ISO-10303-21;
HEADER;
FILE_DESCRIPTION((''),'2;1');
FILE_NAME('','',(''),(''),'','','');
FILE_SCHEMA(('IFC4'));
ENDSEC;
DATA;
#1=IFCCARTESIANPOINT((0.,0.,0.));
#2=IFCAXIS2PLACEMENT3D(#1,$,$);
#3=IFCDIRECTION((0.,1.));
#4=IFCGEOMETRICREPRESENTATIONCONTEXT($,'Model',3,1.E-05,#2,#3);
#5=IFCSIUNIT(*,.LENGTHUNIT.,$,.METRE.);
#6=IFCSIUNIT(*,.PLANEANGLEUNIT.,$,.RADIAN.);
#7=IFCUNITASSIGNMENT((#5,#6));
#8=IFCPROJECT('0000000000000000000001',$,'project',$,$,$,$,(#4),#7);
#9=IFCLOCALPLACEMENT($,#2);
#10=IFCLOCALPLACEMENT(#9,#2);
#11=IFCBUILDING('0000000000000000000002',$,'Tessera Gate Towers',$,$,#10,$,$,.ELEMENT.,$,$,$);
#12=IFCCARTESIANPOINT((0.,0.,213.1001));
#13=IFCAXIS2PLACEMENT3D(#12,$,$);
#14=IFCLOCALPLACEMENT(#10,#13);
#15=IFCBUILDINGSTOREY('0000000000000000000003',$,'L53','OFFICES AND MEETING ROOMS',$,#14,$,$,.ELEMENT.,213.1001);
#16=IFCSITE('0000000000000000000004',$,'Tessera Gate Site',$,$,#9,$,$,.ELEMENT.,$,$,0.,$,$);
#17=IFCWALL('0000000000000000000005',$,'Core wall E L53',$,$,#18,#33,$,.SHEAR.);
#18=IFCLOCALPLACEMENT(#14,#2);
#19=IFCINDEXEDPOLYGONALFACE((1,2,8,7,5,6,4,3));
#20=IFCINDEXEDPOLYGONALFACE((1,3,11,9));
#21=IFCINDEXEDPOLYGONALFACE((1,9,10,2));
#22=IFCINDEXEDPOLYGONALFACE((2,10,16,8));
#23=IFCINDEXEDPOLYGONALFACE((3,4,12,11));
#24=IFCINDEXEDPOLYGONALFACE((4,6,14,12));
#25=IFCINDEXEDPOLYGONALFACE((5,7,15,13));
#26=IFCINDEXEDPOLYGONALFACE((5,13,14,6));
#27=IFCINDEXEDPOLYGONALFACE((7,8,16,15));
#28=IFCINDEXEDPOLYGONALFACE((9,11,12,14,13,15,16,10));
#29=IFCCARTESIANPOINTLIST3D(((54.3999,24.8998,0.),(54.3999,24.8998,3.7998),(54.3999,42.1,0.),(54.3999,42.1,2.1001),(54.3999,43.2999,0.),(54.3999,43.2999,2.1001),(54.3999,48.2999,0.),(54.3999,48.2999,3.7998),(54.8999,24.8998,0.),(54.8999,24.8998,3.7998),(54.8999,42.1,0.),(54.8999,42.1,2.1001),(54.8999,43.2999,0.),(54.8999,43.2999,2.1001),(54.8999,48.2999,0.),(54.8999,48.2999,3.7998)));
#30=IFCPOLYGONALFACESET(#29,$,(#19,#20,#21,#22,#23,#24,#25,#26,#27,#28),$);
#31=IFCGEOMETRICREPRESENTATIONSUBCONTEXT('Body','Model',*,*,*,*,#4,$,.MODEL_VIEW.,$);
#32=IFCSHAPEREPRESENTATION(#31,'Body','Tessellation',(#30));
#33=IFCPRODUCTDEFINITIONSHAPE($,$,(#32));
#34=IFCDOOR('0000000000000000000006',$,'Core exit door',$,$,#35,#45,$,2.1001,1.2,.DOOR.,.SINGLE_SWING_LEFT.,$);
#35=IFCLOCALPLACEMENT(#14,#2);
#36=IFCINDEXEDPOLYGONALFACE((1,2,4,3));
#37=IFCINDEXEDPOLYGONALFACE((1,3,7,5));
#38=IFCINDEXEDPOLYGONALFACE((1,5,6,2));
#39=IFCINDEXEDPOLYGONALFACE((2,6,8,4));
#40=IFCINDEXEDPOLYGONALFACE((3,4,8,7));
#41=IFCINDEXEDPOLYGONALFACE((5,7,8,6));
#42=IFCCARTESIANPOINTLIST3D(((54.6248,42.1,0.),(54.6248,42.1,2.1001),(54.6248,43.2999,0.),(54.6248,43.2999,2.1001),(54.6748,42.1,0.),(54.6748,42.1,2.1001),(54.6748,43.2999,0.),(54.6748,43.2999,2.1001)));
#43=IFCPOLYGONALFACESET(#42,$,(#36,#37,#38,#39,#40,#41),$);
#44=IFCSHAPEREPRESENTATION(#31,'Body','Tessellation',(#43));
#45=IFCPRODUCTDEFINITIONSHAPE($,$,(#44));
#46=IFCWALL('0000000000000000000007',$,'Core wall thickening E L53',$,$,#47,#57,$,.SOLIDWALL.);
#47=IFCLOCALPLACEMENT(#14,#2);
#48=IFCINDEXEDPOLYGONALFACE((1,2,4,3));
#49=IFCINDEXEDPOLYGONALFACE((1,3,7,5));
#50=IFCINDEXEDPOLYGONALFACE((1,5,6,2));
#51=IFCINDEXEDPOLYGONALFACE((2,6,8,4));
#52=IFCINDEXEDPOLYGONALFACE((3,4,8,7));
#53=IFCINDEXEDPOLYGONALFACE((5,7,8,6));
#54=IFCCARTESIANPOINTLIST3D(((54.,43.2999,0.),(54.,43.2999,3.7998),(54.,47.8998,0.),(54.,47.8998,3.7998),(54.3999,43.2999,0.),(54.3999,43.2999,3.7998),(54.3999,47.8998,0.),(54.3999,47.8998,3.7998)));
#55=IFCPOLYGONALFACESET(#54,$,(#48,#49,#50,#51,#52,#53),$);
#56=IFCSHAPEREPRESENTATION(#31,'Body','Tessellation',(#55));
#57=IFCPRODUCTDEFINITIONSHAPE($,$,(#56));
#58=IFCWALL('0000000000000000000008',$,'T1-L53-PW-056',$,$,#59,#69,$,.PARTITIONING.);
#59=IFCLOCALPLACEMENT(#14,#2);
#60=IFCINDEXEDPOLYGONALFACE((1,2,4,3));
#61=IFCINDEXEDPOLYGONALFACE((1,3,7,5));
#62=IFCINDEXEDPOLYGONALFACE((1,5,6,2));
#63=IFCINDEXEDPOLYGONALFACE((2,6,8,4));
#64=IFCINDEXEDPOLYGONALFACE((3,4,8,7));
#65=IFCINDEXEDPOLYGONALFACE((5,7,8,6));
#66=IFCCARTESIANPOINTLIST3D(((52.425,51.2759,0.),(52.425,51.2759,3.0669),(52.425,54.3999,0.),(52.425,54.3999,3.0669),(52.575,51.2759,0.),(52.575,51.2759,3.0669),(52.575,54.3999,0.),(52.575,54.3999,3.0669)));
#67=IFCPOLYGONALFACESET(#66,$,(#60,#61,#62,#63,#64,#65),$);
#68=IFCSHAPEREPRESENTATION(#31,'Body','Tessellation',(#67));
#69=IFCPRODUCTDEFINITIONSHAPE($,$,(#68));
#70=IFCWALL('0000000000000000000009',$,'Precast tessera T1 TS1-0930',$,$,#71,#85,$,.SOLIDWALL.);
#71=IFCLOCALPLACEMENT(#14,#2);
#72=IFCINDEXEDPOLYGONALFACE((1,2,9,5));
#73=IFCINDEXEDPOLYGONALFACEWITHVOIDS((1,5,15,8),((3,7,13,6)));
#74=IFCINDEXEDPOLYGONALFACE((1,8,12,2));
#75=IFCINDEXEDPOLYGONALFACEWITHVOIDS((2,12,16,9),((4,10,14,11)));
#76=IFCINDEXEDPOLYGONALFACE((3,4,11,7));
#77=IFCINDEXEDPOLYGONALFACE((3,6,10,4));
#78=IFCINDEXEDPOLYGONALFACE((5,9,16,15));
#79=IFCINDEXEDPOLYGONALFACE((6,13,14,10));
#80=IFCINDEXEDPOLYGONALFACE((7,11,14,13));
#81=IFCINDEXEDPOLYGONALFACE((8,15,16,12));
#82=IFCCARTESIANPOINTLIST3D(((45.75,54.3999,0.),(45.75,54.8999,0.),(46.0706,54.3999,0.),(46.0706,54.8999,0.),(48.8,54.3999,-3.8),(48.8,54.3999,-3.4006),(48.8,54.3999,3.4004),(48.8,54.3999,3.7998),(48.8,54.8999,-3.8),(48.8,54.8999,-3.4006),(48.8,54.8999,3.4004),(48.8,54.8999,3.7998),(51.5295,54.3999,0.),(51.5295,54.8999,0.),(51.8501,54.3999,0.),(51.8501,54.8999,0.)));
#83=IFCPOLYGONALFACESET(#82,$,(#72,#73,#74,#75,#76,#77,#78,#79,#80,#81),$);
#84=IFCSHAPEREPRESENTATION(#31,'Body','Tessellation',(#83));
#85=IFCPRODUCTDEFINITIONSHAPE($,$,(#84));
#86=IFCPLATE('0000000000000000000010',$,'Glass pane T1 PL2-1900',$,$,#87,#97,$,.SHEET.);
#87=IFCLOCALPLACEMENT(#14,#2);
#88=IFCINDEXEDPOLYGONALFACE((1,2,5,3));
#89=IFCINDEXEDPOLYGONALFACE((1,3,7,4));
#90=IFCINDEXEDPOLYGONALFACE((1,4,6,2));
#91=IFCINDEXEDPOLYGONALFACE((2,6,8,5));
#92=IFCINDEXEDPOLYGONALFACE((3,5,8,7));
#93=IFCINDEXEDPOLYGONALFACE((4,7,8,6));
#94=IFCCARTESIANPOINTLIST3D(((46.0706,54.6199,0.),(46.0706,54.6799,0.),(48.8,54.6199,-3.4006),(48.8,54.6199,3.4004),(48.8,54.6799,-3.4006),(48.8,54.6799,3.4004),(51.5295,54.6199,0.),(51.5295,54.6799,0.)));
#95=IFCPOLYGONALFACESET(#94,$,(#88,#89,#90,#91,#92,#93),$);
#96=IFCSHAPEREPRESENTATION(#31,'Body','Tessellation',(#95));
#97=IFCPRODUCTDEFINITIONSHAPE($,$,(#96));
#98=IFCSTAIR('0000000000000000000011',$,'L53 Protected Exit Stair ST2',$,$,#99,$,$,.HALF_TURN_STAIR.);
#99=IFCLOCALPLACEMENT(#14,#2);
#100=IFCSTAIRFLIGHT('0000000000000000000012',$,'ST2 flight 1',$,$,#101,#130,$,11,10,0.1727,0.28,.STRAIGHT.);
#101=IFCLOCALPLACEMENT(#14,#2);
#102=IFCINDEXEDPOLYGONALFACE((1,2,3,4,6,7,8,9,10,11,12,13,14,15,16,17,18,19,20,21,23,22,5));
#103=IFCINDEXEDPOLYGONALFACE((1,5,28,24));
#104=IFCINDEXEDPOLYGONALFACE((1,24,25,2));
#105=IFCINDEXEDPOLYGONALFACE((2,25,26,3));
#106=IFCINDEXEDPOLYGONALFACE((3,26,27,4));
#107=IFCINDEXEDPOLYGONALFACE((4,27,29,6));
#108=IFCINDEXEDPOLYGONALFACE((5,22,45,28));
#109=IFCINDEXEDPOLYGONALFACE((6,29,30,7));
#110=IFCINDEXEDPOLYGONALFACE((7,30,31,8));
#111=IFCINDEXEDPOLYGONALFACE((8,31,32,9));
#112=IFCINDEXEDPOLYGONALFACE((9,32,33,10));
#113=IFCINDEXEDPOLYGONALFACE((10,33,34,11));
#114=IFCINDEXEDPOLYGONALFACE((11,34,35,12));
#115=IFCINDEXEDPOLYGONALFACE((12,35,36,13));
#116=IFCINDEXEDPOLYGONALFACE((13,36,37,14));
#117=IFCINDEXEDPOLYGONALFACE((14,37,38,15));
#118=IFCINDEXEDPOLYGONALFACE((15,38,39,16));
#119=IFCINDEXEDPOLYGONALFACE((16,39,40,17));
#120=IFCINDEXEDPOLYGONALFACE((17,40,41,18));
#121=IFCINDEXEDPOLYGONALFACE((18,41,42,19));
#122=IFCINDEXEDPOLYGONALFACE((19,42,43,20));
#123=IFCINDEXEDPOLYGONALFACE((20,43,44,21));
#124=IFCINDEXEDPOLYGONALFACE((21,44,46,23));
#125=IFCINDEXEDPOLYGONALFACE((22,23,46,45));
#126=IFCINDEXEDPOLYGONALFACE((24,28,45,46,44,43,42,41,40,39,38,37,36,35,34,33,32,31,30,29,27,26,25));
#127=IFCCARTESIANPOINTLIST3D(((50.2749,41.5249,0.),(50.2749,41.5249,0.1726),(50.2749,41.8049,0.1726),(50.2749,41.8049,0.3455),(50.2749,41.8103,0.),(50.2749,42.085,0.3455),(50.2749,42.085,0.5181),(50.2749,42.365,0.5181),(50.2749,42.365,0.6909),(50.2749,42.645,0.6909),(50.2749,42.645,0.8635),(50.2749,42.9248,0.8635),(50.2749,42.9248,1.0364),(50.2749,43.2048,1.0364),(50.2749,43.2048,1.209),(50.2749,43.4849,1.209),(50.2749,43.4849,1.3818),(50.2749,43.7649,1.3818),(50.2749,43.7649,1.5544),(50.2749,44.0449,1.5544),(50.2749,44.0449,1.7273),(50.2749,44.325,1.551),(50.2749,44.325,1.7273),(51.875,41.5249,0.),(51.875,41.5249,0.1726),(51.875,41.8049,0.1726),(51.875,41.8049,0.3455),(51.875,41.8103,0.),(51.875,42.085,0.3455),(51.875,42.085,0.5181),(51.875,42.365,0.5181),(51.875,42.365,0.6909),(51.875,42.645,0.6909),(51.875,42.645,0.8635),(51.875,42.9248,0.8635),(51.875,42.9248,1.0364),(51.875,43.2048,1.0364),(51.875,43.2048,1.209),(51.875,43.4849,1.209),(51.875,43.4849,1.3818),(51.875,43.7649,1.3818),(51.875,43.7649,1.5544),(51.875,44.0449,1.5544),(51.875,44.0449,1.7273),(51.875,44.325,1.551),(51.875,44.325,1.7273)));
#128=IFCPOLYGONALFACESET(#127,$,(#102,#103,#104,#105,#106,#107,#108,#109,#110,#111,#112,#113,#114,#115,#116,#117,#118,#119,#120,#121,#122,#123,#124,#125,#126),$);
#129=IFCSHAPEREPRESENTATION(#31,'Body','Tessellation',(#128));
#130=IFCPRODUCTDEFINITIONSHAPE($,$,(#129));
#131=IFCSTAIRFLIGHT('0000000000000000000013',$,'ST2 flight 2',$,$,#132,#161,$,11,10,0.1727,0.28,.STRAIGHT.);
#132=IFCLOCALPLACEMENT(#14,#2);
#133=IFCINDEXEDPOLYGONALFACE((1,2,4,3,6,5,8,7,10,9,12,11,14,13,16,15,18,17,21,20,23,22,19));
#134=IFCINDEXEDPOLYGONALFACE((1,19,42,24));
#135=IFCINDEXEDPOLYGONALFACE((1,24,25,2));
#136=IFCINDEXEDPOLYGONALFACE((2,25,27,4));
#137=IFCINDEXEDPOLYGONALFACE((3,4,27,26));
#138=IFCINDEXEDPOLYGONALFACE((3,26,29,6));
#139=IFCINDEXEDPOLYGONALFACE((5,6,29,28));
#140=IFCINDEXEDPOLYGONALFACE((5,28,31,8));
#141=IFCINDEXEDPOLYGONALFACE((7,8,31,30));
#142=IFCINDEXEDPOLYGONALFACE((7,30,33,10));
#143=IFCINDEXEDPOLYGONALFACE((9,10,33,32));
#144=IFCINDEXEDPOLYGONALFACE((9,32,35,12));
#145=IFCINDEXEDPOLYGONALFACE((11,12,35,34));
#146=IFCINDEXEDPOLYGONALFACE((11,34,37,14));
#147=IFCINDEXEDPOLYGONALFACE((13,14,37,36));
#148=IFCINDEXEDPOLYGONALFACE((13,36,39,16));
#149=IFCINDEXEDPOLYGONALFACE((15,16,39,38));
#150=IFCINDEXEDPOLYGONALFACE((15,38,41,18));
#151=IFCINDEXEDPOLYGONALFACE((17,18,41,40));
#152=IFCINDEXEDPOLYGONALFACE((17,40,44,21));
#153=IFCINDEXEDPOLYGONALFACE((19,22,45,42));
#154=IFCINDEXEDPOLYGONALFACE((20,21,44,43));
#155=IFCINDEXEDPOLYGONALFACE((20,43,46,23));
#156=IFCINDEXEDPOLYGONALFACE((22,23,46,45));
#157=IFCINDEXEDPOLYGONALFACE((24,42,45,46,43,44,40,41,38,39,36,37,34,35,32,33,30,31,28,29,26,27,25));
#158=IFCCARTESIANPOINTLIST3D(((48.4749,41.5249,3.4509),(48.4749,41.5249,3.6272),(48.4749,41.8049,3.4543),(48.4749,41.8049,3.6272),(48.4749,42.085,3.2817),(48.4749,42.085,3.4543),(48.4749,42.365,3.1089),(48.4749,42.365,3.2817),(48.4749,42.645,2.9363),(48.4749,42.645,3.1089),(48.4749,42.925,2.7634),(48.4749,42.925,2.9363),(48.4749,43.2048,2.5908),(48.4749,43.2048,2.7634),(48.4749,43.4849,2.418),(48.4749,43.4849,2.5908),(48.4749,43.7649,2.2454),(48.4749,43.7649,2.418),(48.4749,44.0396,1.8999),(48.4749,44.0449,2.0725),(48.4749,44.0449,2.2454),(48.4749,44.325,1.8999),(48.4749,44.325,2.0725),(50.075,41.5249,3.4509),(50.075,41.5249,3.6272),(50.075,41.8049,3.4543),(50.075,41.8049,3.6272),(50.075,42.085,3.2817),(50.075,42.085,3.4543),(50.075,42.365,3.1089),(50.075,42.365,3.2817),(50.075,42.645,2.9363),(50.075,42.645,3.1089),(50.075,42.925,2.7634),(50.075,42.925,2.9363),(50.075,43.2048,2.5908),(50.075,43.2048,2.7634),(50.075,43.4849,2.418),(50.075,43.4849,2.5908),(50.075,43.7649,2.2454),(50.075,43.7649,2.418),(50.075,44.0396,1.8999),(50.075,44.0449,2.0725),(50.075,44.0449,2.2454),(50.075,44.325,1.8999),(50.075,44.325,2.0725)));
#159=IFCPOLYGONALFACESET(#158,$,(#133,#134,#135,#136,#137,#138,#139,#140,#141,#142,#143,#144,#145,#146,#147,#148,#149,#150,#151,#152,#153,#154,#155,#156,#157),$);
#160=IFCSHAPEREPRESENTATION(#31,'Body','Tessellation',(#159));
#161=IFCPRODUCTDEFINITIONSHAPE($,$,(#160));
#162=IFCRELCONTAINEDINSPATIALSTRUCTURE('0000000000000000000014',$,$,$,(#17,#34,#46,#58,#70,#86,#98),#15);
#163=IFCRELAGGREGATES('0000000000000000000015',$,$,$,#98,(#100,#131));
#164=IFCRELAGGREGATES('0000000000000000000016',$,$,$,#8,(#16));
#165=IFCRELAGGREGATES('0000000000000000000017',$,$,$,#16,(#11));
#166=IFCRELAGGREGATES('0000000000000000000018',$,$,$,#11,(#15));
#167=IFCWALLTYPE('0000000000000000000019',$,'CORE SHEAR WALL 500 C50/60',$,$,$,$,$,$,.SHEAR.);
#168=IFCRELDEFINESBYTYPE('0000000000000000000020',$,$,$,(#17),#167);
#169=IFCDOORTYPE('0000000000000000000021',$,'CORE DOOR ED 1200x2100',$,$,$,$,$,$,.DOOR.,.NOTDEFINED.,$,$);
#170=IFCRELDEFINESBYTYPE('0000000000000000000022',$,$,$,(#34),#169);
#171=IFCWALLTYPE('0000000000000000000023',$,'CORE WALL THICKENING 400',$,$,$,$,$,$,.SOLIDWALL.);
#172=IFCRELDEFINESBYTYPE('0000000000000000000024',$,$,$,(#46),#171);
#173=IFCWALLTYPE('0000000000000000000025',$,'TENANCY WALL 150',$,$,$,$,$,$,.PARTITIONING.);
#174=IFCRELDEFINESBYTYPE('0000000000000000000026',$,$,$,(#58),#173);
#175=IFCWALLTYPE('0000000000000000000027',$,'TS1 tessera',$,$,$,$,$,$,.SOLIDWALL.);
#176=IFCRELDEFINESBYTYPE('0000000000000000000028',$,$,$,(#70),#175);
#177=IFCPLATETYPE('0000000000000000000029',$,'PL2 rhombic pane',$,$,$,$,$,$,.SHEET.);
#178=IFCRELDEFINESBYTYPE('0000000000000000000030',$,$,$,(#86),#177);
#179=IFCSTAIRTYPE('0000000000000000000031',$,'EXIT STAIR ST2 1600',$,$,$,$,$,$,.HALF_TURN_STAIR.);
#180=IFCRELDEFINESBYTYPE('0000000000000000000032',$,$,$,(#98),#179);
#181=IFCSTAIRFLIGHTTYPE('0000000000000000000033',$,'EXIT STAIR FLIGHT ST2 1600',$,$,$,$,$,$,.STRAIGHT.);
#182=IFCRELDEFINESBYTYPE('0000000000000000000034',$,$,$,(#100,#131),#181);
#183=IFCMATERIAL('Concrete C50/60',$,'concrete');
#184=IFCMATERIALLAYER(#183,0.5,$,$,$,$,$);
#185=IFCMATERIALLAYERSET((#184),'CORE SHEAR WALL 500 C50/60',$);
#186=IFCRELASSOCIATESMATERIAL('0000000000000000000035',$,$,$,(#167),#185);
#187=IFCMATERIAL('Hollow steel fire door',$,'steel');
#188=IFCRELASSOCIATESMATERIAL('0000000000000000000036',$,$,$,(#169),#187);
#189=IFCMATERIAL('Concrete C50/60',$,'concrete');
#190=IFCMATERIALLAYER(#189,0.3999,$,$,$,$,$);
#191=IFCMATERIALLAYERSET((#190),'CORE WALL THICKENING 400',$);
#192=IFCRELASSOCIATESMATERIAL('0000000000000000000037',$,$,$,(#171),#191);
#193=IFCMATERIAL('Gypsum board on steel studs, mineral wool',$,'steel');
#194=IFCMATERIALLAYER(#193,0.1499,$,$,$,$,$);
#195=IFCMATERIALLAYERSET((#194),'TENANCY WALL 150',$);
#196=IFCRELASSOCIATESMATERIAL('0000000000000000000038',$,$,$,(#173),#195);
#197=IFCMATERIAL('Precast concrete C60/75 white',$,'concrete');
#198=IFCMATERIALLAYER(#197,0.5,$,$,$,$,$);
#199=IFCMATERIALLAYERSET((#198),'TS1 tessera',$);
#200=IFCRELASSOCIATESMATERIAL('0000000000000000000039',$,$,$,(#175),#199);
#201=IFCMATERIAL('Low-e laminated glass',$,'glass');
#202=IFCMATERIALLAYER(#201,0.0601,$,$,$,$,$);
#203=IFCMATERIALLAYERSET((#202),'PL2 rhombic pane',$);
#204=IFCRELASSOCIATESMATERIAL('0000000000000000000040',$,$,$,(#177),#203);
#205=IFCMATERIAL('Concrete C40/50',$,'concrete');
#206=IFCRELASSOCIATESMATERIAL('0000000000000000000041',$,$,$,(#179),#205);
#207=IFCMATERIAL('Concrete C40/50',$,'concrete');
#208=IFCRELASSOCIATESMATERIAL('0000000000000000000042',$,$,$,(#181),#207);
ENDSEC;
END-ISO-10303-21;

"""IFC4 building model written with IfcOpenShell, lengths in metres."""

from ifc_helpers import new_model, si_unit, direction, frame, frame_2d, origin, place, context, subcontext, project, spatial, polyline, rectangle, outline, extrude, source, transform, mapped, material, layer, layer_set, type_object, element, fill, aggregate, save


model = new_model("IFC4")

# Units and contexts
model_context = context("Model", 3, precision=1e-05, world=origin(), true_north=direction((0.0, 1.0)))
body_context = subcontext(model_context, "Body", "Model", "MODEL_VIEW")
ifc_project = project(units=[si_unit("LENGTHUNIT", "METRE"), si_unit("PLANEANGLEUNIT", "RADIAN")], contexts=[model_context])

# Site, building, storey
site_placement = place(None, origin())
site = spatial("IfcSite", under=ifc_project, at=site_placement, Name="Tessera Gate Site", CompositionType="ELEMENT", RefElevation=0.0)
building_placement = place(site_placement, origin())
building = spatial("IfcBuilding", under=site, at=building_placement, Name="Tessera Gate Towers", CompositionType="ELEMENT")
storey_placement = place(building_placement, frame((0.0, 0.0, 213.1001)))
storey = spatial("IfcBuildingStorey", under=building, at=storey_placement, Name="L53", Description="OFFICES AND MEETING ROOMS", CompositionType="ELEMENT", Elevation=213.1001)

# Wall, opening, door
shared_shape_1 = source(origin(), body_context, "Body", "SweptSolid", [
    extrude(rectangle(XDim=1.2, YDim=2.1001, at=frame_2d((0.6001, 1.05))), frame((0.0, 0.0249, 0.0), z_axis=(0.0, -1.0, 0.0), x_axis=(1.0, 0.0, 0.0)), (0.0, 0.0, 1.0), 0.05),
])
ifc_material_1 = material(Name="Concrete C50/60", Category="concrete")
ifc_layer_1 = layer(ifc_material_1, 0.5)
ifc_layer_set_1 = layer_set([ifc_layer_1], Name="CORE SHEAR WALL 500 C50/60")
wall_type_1 = type_object("IfcWallType", Name="CORE SHEAR WALL 500 C50/60", PredefinedType="SHEAR", material=ifc_layer_set_1)
wall_1_placement = place(storey_placement, frame((54.6499, 48.3, 0.0), z_axis=(0.0, 0.0, 1.0), x_axis=(0.0, -1.0, 0.0)))
wall_1 = element("IfcWall", 1, at=wall_1_placement, inside=storey, type_object=wall_type_1, Name="Core wall E L53", PredefinedType="SHEAR", context=body_context, shape_type="SweptSolid", body=[
    extrude(rectangle(XDim=23.4001, YDim=0.5, at=frame_2d((11.7002, 0.0))), origin(), (0.0, 0.0, 1.0), 3.7998),
])
shared_shape_2 = source(origin(), body_context, "Body", "SweptSolid", [
    extrude(rectangle(XDim=1.2, YDim=2.1001, at=frame_2d((0.6001, 1.05))), frame((0.0, 0.26, 0.0), z_axis=(0.0, -1.0, 0.0), x_axis=(1.0, 0.0, 0.0)), (0.0, 0.0, 1.0), 0.52),
])
opening_1_placement = place(wall_1_placement, frame((5.0, 0.0, 0.0)))
opening_1 = element("IfcOpeningElement", 2, at=opening_1_placement, cuts=wall_1, PredefinedType="OPENING", context=body_context, shape_type="MappedRepresentation", body=[
    mapped(shared_shape_2, transform((0.0, 0.0, 0.0), scale=1.0)),
])
ifc_material_2 = material(Name="Hollow steel fire door", Category="steel")
door_type_1 = type_object("IfcDoorType", Name="CORE DOOR ED 1200x2100", OperationType="NOTDEFINED", PredefinedType="DOOR", material=ifc_material_2)
door_1_placement = place(opening_1_placement, origin())
door_1 = element("IfcDoor", 3, at=door_1_placement, inside=storey, type_object=door_type_1, Name="Core exit door", OperationType="SINGLE_SWING_LEFT", OverallHeight=2.1001, OverallWidth=1.2, PredefinedType="DOOR", context=body_context, shape_type="MappedRepresentation", body=[
    mapped(shared_shape_1, transform((0.0, 0.0, 0.0), scale=1.0)),
])
fill(opening_1, door_1)

# Walls
ifc_material_3 = material(Name="Concrete C50/60", Category="concrete")
ifc_layer_2 = layer(ifc_material_3, 0.3999)
ifc_layer_set_2 = layer_set([ifc_layer_2], Name="CORE WALL THICKENING 400")
wall_type_2 = type_object("IfcWallType", Name="CORE WALL THICKENING 400", PredefinedType="SOLIDWALL", material=ifc_layer_set_2)
wall_2_placement = place(storey_placement, frame((54.2, 43.3, 0.0), z_axis=(0.0, 0.0, 1.0), x_axis=(0.0, 1.0, 0.0)))
element("IfcWall", 4, at=wall_2_placement, inside=storey, type_object=wall_type_2, Name="Core wall thickening E L53", PredefinedType="SOLIDWALL", context=body_context, shape_type="SweptSolid", body=[
    extrude(rectangle(XDim=4.5999, YDim=0.3999, at=frame_2d((2.2998, 0.0))), origin(), (0.0, 0.0, 1.0), 3.7998),
])
ifc_material_4 = material(Name="Gypsum board on steel studs, mineral wool", Category="steel")
ifc_layer_3 = layer(ifc_material_4, 0.1499)
ifc_layer_set_3 = layer_set([ifc_layer_3], Name="TENANCY WALL 150")
wall_type_3 = type_object("IfcWallType", Name="TENANCY WALL 150", PredefinedType="PARTITIONING", material=ifc_layer_set_3)
wall_3_placement = place(storey_placement, frame((52.5, 51.2759, 0.0), z_axis=(0.0, 0.0, 1.0), x_axis=(0.0, 1.0, 0.0)))
element("IfcWall", 5, at=wall_3_placement, inside=storey, type_object=wall_type_3, Name="T1-L53-PW-056", PredefinedType="PARTITIONING", context=body_context, shape_type="SweptSolid", body=[
    extrude(rectangle(XDim=3.124, YDim=0.1499, at=frame_2d((1.562, 0.0))), origin(), (0.0, 0.0, 1.0), 3.0669),
])

# Wall, opening, plate
ifc_material_5 = material(Name="Precast concrete C60/75 white", Category="concrete")
ifc_layer_4 = layer(ifc_material_5, 0.5)
ifc_layer_set_4 = layer_set([ifc_layer_4], Name="TS1 tessera")
wall_type_4 = type_object("IfcWallType", Name="TS1 tessera", PredefinedType="SOLIDWALL", material=ifc_layer_set_4)
shared_shape_3 = source(origin(), body_context, "Body", "SweptSolid", [
    extrude(outline(polyline([(3.05, 0.0), (6.1001, 3.8), (3.05, 7.5999), (0.0, 3.8), (3.05, 0.0)])), frame((0.0, 0.25, 0.0), z_axis=(0.0, -1.0, 0.0), x_axis=(1.0, 0.0, 0.0)), (0.0, 0.0, 1.0), 0.5),
])
wall_4_placement = place(storey_placement, frame((51.8501, 54.6499, -3.8), z_axis=(0.0, 0.0, 1.0), x_axis=(-1.0, 0.0, 0.0)))
wall_4 = element("IfcWall", 6, at=wall_4_placement, inside=storey, type_object=wall_type_4, Name="Precast tessera T1 TS1-0930", PredefinedType="SOLIDWALL", context=body_context, shape_type="MappedRepresentation", body=[
    mapped(shared_shape_3, transform((0.0, 0.0, 0.0), scale=1.0)),
])
shared_shape_4 = source(origin(), body_context, "Body", "SweptSolid", [
    extrude(outline(polyline([(3.05, 0.3994), (5.7795, 3.8), (3.05, 7.2004), (0.3206, 3.8), (3.05, 0.3994)])), frame((0.0, 0.26, 0.0), z_axis=(0.0, -1.0, 0.0), x_axis=(1.0, 0.0, 0.0)), (0.0, 0.0, 1.0), 0.52),
])
opening_2_placement = place(wall_4_placement, origin())
opening_2 = element("IfcOpeningElement", 7, at=opening_2_placement, cuts=wall_4, PredefinedType="OPENING", context=body_context, shape_type="MappedRepresentation", body=[
    mapped(shared_shape_4, transform((0.0, 0.0, 0.0), scale=1.0)),
])
ifc_material_6 = material(Name="Low-e laminated glass", Category="glass")
ifc_layer_5 = layer(ifc_material_6, 0.0601)
ifc_layer_set_5 = layer_set([ifc_layer_5], Name="PL2 rhombic pane")
plate_type = type_object("IfcPlateType", Name="PL2 rhombic pane", PredefinedType="SHEET", material=ifc_layer_set_5)
shared_shape_5 = source(origin(), body_context, "Body", "SweptSolid", [
    extrude(outline(polyline([(3.05, 0.3994), (5.7795, 3.8), (3.05, 7.2004), (0.3206, 3.8), (3.05, 0.3994)])), frame((0.0, 0.03, 0.0), z_axis=(0.0, -1.0, 0.0), x_axis=(1.0, 0.0, 0.0)), (0.0, 0.0, 1.0), 0.0601),
])
plate_placement = place(opening_2_placement, origin())
plate = element("IfcPlate", 8, at=plate_placement, inside=storey, type_object=plate_type, Name="Glass pane T1 PL2-1900", PredefinedType="SHEET", context=body_context, shape_type="MappedRepresentation", body=[
    mapped(shared_shape_5, transform((0.0, 0.0, 0.0), scale=1.0)),
])
fill(opening_2, plate)

# Stair, stair flights
ifc_material_7 = material(Name="Concrete C40/50", Category="concrete")
stair_type = type_object("IfcStairType", Name="EXIT STAIR ST2 1600", PredefinedType="HALF_TURN_STAIR", material=ifc_material_7)
stair_placement = place(storey_placement, origin())
stair = element("IfcStair", 9, at=stair_placement, inside=storey, type_object=stair_type, Name="L53 Protected Exit Stair ST2", PredefinedType="HALF_TURN_STAIR")
ifc_material_8 = material(Name="Concrete C40/50", Category="concrete")
stair_flight_type = type_object("IfcStairFlightType", Name="EXIT STAIR FLIGHT ST2 1600", PredefinedType="STRAIGHT", material=ifc_material_8)
stair_flight_1_placement = place(storey_placement, frame((51.075, 41.5249, 0.0), z_axis=(0.0, 0.0, 1.0), x_axis=(0.0, 1.0, 0.0)))
stair_flight_1 = element("IfcStairFlight", 10, at=stair_flight_1_placement, type_object=stair_flight_type, Name="ST2 flight 1", NumberOfRisers=11, NumberOfTreads=10, PredefinedType="STRAIGHT", RiserHeight=0.1727, TreadLength=0.28, context=body_context, shape_type="SweptSolid", body=[
    extrude(outline(polyline([(0.0, 0.0), (0.0, 0.1726), (0.28, 0.1726), (0.28, 0.3455), (0.5601, 0.3455), (0.5601, 0.5181), (0.8401, 0.5181), (0.8401, 0.6909), (1.1201, 0.6909), (1.1201, 0.8635), (1.3999, 0.8635), (1.3999, 1.0364), (1.6799, 1.0364), (1.6799, 1.209), (1.96, 1.209), (1.96, 1.3818), (2.24, 1.3818), (2.24, 1.5544), (2.52, 1.5544), (2.52, 1.7273), (2.8, 1.7273), (2.8, 1.8999), (2.8, 1.551), (0.2854, 0.0), (0.0, 0.0)])), frame((0.0, 0.8, 0.0), z_axis=(0.0, -1.0, 0.0), x_axis=(1.0, 0.0, 0.0)), (0.0, 0.0, 1.0), 1.6001),
])
stair_flight_2_placement = place(storey_placement, frame((49.2749, 44.325, 1.8999), z_axis=(0.0, 0.0, 1.0), x_axis=(0.0, -1.0, 0.0)))
stair_flight_2 = element("IfcStairFlight", 11, at=stair_flight_2_placement, type_object=stair_flight_type, Name="ST2 flight 2", NumberOfRisers=11, NumberOfTreads=10, PredefinedType="STRAIGHT", RiserHeight=0.1727, TreadLength=0.28, context=body_context, shape_type="SweptSolid", body=[
    extrude(outline(polyline([(0.0, 0.0), (0.0, 0.1726), (0.28, 0.1726), (0.28, 0.3455), (0.5601, 0.3455), (0.5601, 0.5181), (0.8401, 0.5181), (0.8401, 0.6909), (1.1201, 0.6909), (1.1201, 0.8635), (1.3999, 0.8635), (1.3999, 1.0364), (1.6799, 1.0364), (1.6799, 1.209), (1.96, 1.209), (1.96, 1.3818), (2.24, 1.3818), (2.24, 1.5544), (2.52, 1.5544), (2.52, 1.7273), (2.8, 1.7273), (2.8, 1.8999), (2.8, 1.551), (0.2854, 0.0), (0.0, 0.0)])), frame((0.0, 0.8, 0.0), z_axis=(0.0, -1.0, 0.0), x_axis=(1.0, 0.0, 0.0)), (0.0, 0.0, 1.0), 1.6001),
])
aggregate(stair, [stair_flight_1, stair_flight_2])

save(model, "model.ifc")
